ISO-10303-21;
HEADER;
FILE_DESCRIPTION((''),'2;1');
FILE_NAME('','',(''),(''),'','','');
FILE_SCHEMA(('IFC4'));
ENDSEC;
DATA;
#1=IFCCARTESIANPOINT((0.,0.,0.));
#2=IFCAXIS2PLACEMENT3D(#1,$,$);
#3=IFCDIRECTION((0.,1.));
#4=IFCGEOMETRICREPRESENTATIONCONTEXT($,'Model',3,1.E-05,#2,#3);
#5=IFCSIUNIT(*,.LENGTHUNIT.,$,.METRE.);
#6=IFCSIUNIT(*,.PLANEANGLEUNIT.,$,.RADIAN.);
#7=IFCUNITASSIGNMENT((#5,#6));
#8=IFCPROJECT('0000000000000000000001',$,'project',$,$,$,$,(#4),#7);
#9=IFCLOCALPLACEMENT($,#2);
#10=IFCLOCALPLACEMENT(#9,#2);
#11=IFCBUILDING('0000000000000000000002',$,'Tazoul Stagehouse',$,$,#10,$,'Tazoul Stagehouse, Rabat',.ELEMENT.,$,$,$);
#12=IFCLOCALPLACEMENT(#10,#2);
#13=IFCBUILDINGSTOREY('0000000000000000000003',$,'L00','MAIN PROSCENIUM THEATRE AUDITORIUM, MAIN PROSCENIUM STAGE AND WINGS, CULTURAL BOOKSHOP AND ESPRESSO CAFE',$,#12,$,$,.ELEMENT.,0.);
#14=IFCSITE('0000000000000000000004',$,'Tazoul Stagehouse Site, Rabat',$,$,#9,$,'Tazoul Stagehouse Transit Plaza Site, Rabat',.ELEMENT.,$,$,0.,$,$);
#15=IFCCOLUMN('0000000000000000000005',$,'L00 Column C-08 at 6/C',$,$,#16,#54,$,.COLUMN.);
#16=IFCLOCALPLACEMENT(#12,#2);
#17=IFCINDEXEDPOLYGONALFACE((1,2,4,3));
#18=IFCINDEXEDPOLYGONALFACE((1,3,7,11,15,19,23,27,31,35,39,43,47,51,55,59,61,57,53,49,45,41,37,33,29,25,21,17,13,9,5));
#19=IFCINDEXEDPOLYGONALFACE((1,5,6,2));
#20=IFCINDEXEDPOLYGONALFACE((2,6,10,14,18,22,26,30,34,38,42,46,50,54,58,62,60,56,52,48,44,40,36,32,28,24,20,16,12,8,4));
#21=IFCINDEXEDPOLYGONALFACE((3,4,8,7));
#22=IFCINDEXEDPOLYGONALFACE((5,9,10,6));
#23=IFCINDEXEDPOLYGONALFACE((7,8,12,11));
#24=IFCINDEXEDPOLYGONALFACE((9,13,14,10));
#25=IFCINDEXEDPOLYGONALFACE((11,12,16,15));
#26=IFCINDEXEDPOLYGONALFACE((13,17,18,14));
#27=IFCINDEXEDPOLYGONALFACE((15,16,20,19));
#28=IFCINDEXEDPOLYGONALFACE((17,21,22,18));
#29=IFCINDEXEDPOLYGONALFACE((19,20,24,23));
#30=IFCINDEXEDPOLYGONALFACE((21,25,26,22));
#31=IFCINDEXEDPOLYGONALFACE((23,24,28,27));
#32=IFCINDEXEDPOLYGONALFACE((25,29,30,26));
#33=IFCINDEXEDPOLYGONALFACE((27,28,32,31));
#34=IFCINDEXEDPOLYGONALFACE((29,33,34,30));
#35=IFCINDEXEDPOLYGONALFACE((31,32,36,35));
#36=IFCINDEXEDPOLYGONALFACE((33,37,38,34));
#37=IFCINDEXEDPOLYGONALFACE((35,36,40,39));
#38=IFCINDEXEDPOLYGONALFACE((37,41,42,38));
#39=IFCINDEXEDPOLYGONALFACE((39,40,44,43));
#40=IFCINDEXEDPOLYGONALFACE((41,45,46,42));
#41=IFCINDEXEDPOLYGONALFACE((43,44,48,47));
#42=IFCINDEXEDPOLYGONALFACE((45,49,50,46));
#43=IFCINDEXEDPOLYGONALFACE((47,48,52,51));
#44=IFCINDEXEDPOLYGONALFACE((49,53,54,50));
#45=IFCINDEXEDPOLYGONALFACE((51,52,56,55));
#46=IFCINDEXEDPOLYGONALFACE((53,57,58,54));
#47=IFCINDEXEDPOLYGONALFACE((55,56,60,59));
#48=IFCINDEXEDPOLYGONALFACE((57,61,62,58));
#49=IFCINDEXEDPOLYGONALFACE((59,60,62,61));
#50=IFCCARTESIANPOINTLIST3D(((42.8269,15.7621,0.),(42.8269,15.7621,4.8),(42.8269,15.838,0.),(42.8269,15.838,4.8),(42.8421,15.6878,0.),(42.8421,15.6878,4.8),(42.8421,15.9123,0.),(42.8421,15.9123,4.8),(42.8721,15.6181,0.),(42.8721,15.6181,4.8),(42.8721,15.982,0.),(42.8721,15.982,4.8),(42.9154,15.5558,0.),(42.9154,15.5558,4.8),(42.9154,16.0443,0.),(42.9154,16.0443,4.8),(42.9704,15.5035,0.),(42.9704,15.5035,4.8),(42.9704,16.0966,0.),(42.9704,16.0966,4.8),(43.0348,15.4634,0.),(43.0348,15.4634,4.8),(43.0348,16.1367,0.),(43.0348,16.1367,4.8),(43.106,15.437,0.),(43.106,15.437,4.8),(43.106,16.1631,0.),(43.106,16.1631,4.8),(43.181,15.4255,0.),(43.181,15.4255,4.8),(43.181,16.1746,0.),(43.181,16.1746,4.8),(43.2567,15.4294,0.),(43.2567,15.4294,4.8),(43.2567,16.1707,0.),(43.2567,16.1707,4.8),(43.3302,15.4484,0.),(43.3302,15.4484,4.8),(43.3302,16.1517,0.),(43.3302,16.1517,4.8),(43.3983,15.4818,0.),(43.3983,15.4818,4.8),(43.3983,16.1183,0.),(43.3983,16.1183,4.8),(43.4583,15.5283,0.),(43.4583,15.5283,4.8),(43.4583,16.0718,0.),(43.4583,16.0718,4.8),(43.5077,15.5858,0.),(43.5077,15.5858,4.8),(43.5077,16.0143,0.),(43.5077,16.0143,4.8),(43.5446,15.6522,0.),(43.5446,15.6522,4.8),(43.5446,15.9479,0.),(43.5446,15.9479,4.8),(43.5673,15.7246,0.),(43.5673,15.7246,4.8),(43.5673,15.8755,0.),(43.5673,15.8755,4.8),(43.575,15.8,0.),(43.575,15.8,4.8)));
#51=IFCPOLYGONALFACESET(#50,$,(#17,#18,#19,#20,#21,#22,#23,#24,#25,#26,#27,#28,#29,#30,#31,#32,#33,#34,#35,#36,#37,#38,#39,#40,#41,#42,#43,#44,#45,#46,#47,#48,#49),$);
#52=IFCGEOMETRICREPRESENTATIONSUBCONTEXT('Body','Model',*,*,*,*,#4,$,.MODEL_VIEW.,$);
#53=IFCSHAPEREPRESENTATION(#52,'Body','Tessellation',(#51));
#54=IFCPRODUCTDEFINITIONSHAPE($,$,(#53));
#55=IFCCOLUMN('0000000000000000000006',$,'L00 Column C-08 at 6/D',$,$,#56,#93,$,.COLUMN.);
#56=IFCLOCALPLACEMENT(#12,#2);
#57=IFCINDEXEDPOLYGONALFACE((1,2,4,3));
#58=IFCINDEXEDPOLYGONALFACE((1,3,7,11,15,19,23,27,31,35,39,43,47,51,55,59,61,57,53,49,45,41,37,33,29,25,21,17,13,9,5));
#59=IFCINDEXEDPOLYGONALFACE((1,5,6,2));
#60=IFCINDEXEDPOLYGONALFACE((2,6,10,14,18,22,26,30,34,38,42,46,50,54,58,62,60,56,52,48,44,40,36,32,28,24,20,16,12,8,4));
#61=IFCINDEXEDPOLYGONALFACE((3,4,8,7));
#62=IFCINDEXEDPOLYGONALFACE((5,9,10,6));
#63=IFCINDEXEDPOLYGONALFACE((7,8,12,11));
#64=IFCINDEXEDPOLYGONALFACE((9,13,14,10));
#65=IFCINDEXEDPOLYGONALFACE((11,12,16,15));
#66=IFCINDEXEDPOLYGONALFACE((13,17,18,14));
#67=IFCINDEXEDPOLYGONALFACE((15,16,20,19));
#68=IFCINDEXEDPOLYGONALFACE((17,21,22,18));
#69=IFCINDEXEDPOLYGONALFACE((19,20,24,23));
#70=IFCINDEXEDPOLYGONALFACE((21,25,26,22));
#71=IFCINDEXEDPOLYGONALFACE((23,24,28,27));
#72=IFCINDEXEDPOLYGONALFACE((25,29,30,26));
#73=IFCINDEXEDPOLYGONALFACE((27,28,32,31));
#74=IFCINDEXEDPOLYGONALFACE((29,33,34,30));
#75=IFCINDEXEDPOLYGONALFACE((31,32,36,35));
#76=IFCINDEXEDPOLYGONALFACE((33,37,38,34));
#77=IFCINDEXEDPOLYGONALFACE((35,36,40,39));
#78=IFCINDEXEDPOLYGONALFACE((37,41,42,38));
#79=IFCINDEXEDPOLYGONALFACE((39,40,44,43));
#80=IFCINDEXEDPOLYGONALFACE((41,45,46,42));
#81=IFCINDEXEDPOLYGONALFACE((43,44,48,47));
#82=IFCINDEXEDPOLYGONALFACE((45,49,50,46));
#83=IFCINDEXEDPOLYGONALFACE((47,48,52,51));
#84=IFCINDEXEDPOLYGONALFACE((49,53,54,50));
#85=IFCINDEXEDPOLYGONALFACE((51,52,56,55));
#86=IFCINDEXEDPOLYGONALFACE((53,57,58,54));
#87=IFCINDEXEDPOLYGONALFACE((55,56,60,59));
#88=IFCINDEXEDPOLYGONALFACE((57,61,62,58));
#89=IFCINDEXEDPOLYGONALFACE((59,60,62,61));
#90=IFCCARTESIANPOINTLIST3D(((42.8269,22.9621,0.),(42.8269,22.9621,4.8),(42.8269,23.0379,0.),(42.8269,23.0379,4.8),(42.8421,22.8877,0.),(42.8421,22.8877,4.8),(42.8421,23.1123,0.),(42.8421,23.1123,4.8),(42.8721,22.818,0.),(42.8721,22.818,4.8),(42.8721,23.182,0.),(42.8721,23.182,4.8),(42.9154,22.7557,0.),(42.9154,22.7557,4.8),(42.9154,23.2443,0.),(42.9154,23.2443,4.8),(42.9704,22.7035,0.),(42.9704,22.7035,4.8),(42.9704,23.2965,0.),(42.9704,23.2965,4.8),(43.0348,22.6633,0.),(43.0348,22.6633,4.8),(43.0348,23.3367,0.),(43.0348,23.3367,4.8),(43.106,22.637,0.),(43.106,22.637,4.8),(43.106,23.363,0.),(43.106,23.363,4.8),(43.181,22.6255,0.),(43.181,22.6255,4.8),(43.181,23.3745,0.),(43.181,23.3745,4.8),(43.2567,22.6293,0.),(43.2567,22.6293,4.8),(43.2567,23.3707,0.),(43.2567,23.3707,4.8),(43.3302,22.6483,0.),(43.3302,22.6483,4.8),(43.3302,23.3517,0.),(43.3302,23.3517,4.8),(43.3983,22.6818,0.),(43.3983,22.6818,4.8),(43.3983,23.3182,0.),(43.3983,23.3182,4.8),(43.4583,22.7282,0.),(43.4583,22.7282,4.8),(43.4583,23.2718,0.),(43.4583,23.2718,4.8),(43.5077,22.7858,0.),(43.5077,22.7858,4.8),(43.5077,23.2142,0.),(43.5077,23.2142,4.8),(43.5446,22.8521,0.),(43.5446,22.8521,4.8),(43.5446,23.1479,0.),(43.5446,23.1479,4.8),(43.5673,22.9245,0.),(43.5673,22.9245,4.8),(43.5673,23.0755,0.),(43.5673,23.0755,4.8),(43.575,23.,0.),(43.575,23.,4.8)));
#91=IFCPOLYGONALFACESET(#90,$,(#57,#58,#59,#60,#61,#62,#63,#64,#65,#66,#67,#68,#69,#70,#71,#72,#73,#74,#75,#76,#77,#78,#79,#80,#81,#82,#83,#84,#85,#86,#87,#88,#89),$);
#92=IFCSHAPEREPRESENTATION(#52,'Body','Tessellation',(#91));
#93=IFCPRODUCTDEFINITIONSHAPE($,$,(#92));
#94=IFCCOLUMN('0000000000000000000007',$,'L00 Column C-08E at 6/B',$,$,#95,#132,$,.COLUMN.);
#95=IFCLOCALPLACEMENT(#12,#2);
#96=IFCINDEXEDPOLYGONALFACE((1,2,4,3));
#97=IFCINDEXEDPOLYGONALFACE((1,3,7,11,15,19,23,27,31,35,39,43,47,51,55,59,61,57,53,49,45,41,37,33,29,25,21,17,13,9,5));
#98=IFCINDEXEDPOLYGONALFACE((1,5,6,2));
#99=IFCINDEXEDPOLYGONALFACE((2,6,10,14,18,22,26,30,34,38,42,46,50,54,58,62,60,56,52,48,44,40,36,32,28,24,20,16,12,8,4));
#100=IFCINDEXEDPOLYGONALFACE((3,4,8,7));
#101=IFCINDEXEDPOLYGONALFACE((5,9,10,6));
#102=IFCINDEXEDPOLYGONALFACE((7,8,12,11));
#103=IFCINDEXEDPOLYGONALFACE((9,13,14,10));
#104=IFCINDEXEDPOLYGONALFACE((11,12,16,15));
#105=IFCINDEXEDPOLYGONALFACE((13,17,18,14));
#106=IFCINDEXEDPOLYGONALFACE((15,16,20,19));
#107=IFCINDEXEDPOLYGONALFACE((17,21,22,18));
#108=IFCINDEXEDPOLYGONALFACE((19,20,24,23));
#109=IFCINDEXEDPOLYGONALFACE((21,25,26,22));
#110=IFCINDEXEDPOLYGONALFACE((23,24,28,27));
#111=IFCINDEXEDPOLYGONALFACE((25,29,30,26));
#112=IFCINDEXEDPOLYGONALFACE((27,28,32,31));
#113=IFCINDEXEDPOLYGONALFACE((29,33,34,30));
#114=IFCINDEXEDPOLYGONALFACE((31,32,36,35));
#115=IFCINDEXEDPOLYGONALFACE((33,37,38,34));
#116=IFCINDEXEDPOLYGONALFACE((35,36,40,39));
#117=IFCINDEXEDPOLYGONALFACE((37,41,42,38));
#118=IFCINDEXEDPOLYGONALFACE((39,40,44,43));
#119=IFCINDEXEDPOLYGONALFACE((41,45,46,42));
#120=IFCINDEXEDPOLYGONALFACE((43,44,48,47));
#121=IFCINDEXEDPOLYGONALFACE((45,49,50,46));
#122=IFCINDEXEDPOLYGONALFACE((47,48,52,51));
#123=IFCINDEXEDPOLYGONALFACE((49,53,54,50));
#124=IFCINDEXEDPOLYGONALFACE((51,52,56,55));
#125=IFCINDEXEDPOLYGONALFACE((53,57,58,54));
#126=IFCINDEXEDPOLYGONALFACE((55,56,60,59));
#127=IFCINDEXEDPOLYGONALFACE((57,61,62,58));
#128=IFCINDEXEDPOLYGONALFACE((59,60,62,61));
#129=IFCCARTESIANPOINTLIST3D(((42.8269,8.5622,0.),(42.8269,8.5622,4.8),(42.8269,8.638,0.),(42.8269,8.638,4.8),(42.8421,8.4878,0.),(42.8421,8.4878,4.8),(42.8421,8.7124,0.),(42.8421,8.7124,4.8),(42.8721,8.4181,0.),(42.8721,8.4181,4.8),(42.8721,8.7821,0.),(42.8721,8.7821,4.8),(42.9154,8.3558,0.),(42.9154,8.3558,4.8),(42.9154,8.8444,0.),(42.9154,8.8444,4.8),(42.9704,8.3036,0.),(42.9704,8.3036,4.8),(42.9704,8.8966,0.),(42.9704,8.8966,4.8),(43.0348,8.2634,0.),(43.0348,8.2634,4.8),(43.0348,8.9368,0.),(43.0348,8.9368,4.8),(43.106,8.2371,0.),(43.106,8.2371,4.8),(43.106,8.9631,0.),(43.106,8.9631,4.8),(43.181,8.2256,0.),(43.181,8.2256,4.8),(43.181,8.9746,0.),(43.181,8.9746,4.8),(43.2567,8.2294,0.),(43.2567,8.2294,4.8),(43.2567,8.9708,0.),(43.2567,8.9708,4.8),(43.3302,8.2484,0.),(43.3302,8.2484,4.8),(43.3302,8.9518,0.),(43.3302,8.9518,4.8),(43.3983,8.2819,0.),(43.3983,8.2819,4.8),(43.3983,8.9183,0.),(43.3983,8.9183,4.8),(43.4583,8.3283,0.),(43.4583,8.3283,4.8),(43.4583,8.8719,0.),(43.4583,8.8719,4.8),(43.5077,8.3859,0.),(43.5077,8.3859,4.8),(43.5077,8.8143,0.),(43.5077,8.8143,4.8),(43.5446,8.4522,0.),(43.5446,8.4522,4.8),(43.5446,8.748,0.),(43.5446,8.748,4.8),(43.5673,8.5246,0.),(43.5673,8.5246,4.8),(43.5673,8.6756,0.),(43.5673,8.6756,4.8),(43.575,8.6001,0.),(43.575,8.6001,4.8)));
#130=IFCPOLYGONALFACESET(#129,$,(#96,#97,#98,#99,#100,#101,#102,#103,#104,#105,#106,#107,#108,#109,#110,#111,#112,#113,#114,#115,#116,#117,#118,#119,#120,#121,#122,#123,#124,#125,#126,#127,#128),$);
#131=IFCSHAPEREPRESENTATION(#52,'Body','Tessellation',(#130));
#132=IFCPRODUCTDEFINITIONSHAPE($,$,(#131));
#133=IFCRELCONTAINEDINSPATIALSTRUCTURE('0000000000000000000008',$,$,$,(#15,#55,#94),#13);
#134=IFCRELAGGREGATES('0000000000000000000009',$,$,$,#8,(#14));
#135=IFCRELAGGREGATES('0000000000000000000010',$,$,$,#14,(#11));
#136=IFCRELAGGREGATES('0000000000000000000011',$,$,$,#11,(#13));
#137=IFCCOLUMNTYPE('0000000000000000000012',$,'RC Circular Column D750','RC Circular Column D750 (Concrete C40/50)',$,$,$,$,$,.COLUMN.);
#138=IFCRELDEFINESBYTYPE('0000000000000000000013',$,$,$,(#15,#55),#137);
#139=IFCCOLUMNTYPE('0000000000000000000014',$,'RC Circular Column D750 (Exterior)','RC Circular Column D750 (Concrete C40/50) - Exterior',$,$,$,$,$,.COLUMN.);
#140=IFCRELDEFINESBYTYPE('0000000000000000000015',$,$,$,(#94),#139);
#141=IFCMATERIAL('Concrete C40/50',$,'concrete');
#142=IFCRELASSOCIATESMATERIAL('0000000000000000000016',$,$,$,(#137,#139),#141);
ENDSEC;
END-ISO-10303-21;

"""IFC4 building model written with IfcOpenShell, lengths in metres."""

from ifc_helpers import new_model, si_unit, direction, frame, origin, origin_2d, place, context, subcontext, project, spatial, circle, extrude, material, material_profile, profile_set, type_object, element, save


model = new_model("IFC4")

# Units and contexts
model_context = context("Model", 3, precision=1e-05, world=origin(), true_north=direction((0.0, 1.0)))
body_context = subcontext(model_context, "Body", "Model", "MODEL_VIEW")
ifc_project = project(units=[si_unit("LENGTHUNIT", "METRE"), si_unit("PLANEANGLEUNIT", "RADIAN")], contexts=[model_context])

# Site, building, storey
site_placement = place(None, origin())
site = spatial("IfcSite", under=ifc_project, at=site_placement, Name="Tazoul Stagehouse Site, Rabat", LongName="Tazoul Stagehouse Transit Plaza Site, Rabat", CompositionType="ELEMENT", RefElevation=0.0)
building_placement = place(site_placement, origin())
building = spatial("IfcBuilding", under=site, at=building_placement, Name="Tazoul Stagehouse", LongName="Tazoul Stagehouse, Rabat", CompositionType="ELEMENT")
storey_placement = place(building_placement, origin())
storey = spatial("IfcBuildingStorey", under=building, at=storey_placement, Name="L00", Description="MAIN PROSCENIUM THEATRE AUDITORIUM, MAIN PROSCENIUM STAGE AND WINGS, CULTURAL BOOKSHOP AND ESPRESSO CAFE", CompositionType="ELEMENT", Elevation=0.0)

# Columns
ifc_material_1 = material(Name="Concrete C40/50", Category="concrete")
ifc_material_profile_1 = material_profile(ifc_material_1, circle(Radius=0.375, at=origin_2d()), Name="RC D750")
ifc_profile_set_1 = profile_set([ifc_material_profile_1], Name="Concrete C40/50")
column_type_1 = type_object("IfcColumnType", Name="RC Circular Column D750", Description="RC Circular Column D750 (Concrete C40/50)", PredefinedType="COLUMN", material=ifc_profile_set_1)
for number, where, z_axis, x_axis, name in (
    (1, (43.2, 15.8, 0.0), (0.0, 0.0, 1.0), (1.0, 0.0, 0.0), "L00 Column C-08 at 6/C"),
    (2, (43.2, 23.0, 0.0), (0.0, 0.0, 1.0), (1.0, 0.0, 0.0), "L00 Column C-08 at 6/D"),
):
    element("IfcColumn", number, at=place(storey_placement, frame(where, z_axis=z_axis, x_axis=x_axis)), inside=storey, type_object=column_type_1, Name=name, PredefinedType="COLUMN", context=body_context, shape_type="SweptSolid", body=[
        extrude(circle(Radius=0.375, at=origin_2d()), origin(), (0.0, 0.0, 1.0), 4.8),
    ])
ifc_material_profile_2 = material_profile(ifc_material_1, circle(Radius=0.375, at=origin_2d()), Name="RC D750")
ifc_profile_set_2 = profile_set([ifc_material_profile_2], Name="Concrete C40/50")
column_type_2 = type_object("IfcColumnType", Name="RC Circular Column D750 (Exterior)", Description="RC Circular Column D750 (Concrete C40/50) - Exterior", PredefinedType="COLUMN", material=ifc_profile_set_2)
column_placement = place(storey_placement, frame((43.2, 8.6001, 0.0), z_axis=(0.0, 0.0, 1.0), x_axis=(1.0, 0.0, 0.0)))
element("IfcColumn", 3, at=column_placement, inside=storey, type_object=column_type_2, Name="L00 Column C-08E at 6/B", PredefinedType="COLUMN", context=body_context, shape_type="SweptSolid", body=[
    extrude(circle(Radius=0.375, at=origin_2d()), origin(), (0.0, 0.0, 1.0), 4.8),
])

save(model, "model.ifc")
